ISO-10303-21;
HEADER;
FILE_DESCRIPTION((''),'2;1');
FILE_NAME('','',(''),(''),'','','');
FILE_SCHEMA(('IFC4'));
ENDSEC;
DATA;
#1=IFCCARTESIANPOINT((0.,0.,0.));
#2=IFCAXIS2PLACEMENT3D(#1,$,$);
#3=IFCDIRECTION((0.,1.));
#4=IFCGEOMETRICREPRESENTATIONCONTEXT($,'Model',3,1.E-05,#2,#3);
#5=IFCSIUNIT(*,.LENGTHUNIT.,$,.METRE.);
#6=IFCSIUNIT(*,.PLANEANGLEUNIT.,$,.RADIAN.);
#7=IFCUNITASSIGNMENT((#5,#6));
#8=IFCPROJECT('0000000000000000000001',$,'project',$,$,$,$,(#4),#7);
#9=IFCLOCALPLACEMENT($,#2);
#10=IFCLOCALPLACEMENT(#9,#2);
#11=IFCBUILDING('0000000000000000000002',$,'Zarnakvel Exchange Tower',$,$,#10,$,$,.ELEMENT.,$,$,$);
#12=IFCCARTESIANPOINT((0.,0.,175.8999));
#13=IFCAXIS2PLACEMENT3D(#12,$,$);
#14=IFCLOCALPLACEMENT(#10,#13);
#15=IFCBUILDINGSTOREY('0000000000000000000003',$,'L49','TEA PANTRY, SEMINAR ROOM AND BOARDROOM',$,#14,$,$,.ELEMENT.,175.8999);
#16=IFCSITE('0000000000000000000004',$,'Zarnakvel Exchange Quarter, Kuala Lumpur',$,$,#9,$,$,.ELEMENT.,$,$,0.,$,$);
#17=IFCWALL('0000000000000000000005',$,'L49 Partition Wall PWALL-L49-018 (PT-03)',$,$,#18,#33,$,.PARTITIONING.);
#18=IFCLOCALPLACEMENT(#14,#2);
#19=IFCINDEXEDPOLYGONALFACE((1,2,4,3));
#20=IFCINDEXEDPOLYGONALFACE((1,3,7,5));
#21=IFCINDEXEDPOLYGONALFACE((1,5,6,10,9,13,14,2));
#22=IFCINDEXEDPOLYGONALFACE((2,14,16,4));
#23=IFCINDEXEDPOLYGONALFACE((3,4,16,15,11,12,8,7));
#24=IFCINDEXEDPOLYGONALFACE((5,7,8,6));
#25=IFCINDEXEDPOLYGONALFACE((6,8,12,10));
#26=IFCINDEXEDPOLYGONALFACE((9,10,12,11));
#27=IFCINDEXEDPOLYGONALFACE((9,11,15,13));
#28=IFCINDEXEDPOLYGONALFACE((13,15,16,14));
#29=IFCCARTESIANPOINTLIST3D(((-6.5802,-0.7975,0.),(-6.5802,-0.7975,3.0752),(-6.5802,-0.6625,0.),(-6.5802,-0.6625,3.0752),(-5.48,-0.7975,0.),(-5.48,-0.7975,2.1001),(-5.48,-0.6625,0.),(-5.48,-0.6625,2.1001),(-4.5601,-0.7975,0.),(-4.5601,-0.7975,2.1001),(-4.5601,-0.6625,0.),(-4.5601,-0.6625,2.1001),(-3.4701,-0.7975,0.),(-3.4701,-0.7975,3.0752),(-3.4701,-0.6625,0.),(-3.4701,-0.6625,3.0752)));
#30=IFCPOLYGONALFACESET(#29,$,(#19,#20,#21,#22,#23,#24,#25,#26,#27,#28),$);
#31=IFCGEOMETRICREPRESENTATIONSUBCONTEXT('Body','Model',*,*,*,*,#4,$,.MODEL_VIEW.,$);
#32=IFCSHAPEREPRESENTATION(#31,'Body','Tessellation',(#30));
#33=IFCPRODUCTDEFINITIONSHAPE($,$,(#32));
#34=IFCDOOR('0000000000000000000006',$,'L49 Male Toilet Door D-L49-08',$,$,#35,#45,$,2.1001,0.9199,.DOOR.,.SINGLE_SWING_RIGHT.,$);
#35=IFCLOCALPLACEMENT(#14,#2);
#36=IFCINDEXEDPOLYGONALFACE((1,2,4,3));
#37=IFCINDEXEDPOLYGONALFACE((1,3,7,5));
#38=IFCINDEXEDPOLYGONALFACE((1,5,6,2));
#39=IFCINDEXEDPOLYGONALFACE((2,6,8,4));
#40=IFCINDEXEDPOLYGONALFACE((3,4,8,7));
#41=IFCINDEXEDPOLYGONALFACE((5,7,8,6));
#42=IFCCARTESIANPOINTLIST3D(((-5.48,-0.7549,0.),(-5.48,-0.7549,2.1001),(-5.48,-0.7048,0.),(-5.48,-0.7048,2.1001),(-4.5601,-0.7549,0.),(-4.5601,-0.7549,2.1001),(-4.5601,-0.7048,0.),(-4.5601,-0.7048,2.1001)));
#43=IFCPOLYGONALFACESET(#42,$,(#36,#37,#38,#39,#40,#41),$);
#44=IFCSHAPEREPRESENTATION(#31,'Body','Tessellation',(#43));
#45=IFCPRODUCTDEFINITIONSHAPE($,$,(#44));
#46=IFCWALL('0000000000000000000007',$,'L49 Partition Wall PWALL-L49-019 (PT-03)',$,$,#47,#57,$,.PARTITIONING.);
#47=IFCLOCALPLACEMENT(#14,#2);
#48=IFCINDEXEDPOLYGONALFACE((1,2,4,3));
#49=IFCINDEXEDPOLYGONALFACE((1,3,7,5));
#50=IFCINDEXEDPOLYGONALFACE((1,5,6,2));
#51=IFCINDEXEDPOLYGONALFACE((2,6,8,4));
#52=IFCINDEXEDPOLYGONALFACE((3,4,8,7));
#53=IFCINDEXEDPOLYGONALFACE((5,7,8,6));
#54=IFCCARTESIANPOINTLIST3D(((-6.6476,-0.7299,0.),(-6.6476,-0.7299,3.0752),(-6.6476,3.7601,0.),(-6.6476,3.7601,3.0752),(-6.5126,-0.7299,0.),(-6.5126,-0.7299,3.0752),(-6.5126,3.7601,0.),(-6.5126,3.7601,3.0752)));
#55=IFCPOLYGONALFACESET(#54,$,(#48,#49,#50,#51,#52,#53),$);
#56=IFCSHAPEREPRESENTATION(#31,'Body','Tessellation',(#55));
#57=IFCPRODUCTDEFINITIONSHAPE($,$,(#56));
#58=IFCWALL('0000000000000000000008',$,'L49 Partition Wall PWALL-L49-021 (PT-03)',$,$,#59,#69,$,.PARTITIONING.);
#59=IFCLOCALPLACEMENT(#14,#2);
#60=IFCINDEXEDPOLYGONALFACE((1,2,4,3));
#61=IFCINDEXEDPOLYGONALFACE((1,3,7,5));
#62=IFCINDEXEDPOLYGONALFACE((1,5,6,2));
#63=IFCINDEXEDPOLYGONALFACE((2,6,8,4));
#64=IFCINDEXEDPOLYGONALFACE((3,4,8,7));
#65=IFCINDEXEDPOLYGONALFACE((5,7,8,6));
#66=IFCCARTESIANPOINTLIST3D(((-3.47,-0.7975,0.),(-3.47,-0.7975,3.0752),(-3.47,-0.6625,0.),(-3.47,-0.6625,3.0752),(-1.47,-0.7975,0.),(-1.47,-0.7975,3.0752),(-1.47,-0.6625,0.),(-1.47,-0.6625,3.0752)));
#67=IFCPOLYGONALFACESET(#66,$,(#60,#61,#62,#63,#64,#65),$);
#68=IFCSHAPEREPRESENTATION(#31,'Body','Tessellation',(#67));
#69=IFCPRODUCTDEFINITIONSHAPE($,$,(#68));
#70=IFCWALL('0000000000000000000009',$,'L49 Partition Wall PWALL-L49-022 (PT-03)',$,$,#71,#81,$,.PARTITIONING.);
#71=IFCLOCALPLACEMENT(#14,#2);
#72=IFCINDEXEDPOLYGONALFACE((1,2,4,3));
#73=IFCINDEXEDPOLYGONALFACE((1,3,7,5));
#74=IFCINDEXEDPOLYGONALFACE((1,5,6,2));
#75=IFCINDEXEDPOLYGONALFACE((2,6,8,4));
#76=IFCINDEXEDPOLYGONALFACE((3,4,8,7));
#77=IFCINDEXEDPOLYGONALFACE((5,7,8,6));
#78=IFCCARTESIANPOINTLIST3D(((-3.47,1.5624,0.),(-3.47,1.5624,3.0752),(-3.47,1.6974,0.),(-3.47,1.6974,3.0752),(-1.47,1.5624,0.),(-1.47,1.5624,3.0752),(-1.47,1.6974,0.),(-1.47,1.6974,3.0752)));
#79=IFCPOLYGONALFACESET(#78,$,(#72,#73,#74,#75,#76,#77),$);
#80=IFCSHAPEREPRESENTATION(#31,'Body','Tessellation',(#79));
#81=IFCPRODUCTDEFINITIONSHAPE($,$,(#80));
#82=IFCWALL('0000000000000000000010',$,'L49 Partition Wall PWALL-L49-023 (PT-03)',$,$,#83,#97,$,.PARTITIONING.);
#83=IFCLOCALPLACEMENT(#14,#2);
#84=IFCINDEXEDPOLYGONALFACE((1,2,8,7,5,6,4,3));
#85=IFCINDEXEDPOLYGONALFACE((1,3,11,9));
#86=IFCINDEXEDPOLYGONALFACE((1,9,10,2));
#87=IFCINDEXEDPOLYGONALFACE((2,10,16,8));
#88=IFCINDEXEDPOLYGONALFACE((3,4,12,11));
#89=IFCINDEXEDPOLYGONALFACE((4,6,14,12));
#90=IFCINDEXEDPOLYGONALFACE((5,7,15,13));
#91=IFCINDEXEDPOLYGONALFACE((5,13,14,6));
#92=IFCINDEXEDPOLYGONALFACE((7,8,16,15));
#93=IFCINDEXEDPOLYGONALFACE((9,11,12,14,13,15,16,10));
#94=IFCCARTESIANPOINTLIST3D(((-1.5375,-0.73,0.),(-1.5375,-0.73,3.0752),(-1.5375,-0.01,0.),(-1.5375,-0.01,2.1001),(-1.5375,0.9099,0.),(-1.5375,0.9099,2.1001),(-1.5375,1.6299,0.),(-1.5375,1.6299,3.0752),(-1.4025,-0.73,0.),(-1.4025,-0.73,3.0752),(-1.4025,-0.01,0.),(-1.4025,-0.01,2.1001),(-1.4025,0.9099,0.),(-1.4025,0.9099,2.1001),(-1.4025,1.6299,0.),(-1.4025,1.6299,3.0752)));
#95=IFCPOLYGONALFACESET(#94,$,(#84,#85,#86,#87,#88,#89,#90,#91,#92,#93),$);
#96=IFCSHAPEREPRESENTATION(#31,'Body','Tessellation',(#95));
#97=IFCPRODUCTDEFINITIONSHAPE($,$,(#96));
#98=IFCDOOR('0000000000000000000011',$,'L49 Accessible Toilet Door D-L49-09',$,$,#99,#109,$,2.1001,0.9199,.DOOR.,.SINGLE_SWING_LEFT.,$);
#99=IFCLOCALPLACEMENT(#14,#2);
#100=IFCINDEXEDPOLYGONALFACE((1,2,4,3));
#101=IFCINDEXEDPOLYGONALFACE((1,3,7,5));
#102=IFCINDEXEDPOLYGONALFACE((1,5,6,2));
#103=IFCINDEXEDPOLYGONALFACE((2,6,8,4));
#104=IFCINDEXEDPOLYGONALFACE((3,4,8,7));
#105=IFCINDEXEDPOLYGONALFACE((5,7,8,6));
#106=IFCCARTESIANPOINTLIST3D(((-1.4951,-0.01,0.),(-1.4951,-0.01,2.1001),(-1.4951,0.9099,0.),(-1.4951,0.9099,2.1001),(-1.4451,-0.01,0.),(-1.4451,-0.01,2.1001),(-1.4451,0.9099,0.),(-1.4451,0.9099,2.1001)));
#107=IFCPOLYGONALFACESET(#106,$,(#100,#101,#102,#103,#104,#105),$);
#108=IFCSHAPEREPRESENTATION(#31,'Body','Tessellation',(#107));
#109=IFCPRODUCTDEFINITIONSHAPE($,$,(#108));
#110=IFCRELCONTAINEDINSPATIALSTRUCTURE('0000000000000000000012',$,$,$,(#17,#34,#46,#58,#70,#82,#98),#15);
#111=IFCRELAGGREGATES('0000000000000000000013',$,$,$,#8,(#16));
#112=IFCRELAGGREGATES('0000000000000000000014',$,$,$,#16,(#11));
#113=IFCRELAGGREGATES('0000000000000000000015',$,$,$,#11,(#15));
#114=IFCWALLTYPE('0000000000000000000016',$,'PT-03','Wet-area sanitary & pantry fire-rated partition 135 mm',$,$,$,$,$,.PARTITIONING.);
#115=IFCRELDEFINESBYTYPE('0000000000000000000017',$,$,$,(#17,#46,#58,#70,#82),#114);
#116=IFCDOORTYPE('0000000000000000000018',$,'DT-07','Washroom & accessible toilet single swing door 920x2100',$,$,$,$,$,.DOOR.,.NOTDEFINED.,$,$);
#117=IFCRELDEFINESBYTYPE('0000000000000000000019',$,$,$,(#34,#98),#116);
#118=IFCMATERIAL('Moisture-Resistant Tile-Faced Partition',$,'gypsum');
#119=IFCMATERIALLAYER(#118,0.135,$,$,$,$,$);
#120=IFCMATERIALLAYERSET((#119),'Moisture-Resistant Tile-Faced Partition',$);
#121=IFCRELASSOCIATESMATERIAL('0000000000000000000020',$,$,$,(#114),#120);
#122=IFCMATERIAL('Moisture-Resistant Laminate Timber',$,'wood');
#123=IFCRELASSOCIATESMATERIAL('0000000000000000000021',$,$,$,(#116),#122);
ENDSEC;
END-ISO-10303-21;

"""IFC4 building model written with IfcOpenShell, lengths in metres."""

from ifc_helpers import new_model, si_unit, direction, frame, frame_2d, origin, place, context, subcontext, project, spatial, rectangle, extrude, source, transform, mapped, material, layer, layer_set, type_object, element, fill, save


model = new_model("IFC4")

# Units and contexts
model_context = context("Model", 3, precision=1e-05, world=origin(), true_north=direction((0.0, 1.0)))
body_context = subcontext(model_context, "Body", "Model", "MODEL_VIEW")
ifc_project = project(units=[si_unit("LENGTHUNIT", "METRE"), si_unit("PLANEANGLEUNIT", "RADIAN")], contexts=[model_context])

# Site, building, storey
site_placement = place(None, origin())
site = spatial("IfcSite", under=ifc_project, at=site_placement, Name="Zarnakvel Exchange Quarter, Kuala Lumpur", CompositionType="ELEMENT", RefElevation=0.0)
building_placement = place(site_placement, origin())
building = spatial("IfcBuilding", under=site, at=building_placement, Name="Zarnakvel Exchange Tower", CompositionType="ELEMENT")
storey_placement = place(building_placement, frame((0.0, 0.0, 175.8999)))
storey = spatial("IfcBuildingStorey", under=building, at=storey_placement, Name="L49", Description="TEA PANTRY, SEMINAR ROOM AND BOARDROOM", CompositionType="ELEMENT", Elevation=175.8999)

# Wall, opening, door
ifc_material_1 = material(Name="Moisture-Resistant Tile-Faced Partition", Category="gypsum")
ifc_layer_1 = layer(ifc_material_1, 0.135)
ifc_layer_set_1 = layer_set([ifc_layer_1], Name="Moisture-Resistant Tile-Faced Partition")
wall_type_1 = type_object("IfcWallType", Name="PT-03", Description="Wet-area sanitary & pantry fire-rated partition 135 mm", PredefinedType="PARTITIONING", material=ifc_layer_set_1)
wall_1_placement = place(storey_placement, frame((-3.47, -0.73, 0.0), z_axis=(0.0, 0.0, 1.0), x_axis=(-1.0, 0.0, 0.0)))
wall_1 = element("IfcWall", 1, at=wall_1_placement, inside=storey, type_object=wall_type_1, Name="L49 Partition Wall PWALL-L49-018 (PT-03)", PredefinedType="PARTITIONING", context=body_context, shape_type="SweptSolid", body=[
    extrude(rectangle(XDim=3.1101, YDim=0.135, at=frame_2d((1.5552, 0.0))), origin(), (0.0, 0.0, 1.0), 3.0752),
])
opening_1_placement = place(wall_1_placement, frame((1.0901, 0.0, 0.0)))
opening_1 = element("IfcOpeningElement", 2, at=opening_1_placement, cuts=wall_1, PredefinedType="OPENING", context=body_context, shape_type="SweptSolid", body=[
    extrude(rectangle(XDim=0.9199, YDim=2.1001, at=frame_2d((0.46, 1.05))), frame((0.0, 0.0774, 0.0), z_axis=(0.0, -1.0, 0.0), x_axis=(1.0, 0.0, 0.0)), (0.0, 0.0, 1.0), 0.155),
])
ifc_material_2 = material(Name="Moisture-Resistant Laminate Timber", Category="wood")
door_type_1 = type_object("IfcDoorType", Name="DT-07", Description="Washroom & accessible toilet single swing door 920x2100", OperationType="NOTDEFINED", PredefinedType="DOOR", material=ifc_material_2)
shared_shape_1 = source(origin(), body_context, "Body", "SweptSolid", [
    extrude(rectangle(XDim=0.9199, YDim=2.1001, at=frame_2d((0.46, 1.05))), frame((0.0, 0.0249, 0.0), z_axis=(0.0, -1.0, 0.0), x_axis=(1.0, 0.0, 0.0)), (0.0, 0.0, 1.0), 0.05),
])
door_1_placement = place(opening_1_placement, origin())
door_1 = element("IfcDoor", 3, at=door_1_placement, inside=storey, type_object=door_type_1, Name="L49 Male Toilet Door D-L49-08", OperationType="SINGLE_SWING_RIGHT", OverallHeight=2.1001, OverallWidth=0.9199, PredefinedType="DOOR", context=body_context, shape_type="MappedRepresentation", body=[
    mapped(shared_shape_1, transform((0.0, 0.0, 0.0), x_axis=(1.0, 0.0, 0.0), y_axis=(0.0, 1.0, 0.0), z_axis=(0.0, 0.0, 1.0), scale=1.0)),
])
fill(opening_1, door_1)

# Walls
wall_2_placement = place(storey_placement, frame((-6.5801, -0.73, 0.0), z_axis=(0.0, 0.0, 1.0), x_axis=(0.0, 1.0, 0.0)))
element("IfcWall", 4, at=wall_2_placement, inside=storey, type_object=wall_type_1, Name="L49 Partition Wall PWALL-L49-019 (PT-03)", PredefinedType="PARTITIONING", context=body_context, shape_type="SweptSolid", body=[
    extrude(rectangle(XDim=4.49, YDim=0.135, at=frame_2d((2.2451, 0.0))), origin(), (0.0, 0.0, 1.0), 3.0752),
])
for number, where, z_axis, x_axis, name in (
    (5, (-1.47, -0.73, 0.0), (0.0, 0.0, 1.0), (-1.0, 0.0, 0.0), "L49 Partition Wall PWALL-L49-021 (PT-03)"),
    (6, (-3.47, 1.6299, 0.0), (0.0, 0.0, 1.0), (1.0, 0.0, 0.0), "L49 Partition Wall PWALL-L49-022 (PT-03)"),
):
    element("IfcWall", number, at=place(storey_placement, frame(where, z_axis=z_axis, x_axis=x_axis)), inside=storey, type_object=wall_type_1, Name=name, PredefinedType="PARTITIONING", context=body_context, shape_type="SweptSolid", body=[
        extrude(rectangle(XDim=2.0, YDim=0.135, at=frame_2d((1.0, 0.0))), origin(), (0.0, 0.0, 1.0), 3.0752),
    ])

# Wall, opening, door
wall_3_placement = place(storey_placement, frame((-1.47, 1.6299, 0.0), z_axis=(0.0, 0.0, 1.0), x_axis=(0.0, -1.0, 0.0)))
wall_3 = element("IfcWall", 7, at=wall_3_placement, inside=storey, type_object=wall_type_1, Name="L49 Partition Wall PWALL-L49-023 (PT-03)", PredefinedType="PARTITIONING", context=body_context, shape_type="SweptSolid", body=[
    extrude(rectangle(XDim=2.3599, YDim=0.135, at=frame_2d((1.1799, 0.0))), origin(), (0.0, 0.0, 1.0), 3.0752),
])
opening_2_placement = place(wall_3_placement, frame((0.72, 0.0, 0.0)))
opening_2 = element("IfcOpeningElement", 8, at=opening_2_placement, cuts=wall_3, PredefinedType="OPENING", context=body_context, shape_type="SweptSolid", body=[
    extrude(rectangle(XDim=0.9199, YDim=2.1001, at=frame_2d((0.46, 1.05))), frame((0.0, 0.0774, 0.0), z_axis=(0.0, -1.0, 0.0), x_axis=(1.0, 0.0, 0.0)), (0.0, 0.0, 1.0), 0.155),
])
door_2_placement = place(opening_2_placement, origin())
door_2 = element("IfcDoor", 9, at=door_2_placement, inside=storey, type_object=door_type_1, Name="L49 Accessible Toilet Door D-L49-09", OperationType="SINGLE_SWING_LEFT", OverallHeight=2.1001, OverallWidth=0.9199, PredefinedType="DOOR", context=body_context, shape_type="MappedRepresentation", body=[
    mapped(shared_shape_1, transform((0.0, 0.0, 0.0), x_axis=(1.0, 0.0, 0.0), y_axis=(0.0, 1.0, 0.0), z_axis=(0.0, 0.0, 1.0), scale=1.0)),
])
fill(opening_2, door_2)

save(model, "model.ifc")
